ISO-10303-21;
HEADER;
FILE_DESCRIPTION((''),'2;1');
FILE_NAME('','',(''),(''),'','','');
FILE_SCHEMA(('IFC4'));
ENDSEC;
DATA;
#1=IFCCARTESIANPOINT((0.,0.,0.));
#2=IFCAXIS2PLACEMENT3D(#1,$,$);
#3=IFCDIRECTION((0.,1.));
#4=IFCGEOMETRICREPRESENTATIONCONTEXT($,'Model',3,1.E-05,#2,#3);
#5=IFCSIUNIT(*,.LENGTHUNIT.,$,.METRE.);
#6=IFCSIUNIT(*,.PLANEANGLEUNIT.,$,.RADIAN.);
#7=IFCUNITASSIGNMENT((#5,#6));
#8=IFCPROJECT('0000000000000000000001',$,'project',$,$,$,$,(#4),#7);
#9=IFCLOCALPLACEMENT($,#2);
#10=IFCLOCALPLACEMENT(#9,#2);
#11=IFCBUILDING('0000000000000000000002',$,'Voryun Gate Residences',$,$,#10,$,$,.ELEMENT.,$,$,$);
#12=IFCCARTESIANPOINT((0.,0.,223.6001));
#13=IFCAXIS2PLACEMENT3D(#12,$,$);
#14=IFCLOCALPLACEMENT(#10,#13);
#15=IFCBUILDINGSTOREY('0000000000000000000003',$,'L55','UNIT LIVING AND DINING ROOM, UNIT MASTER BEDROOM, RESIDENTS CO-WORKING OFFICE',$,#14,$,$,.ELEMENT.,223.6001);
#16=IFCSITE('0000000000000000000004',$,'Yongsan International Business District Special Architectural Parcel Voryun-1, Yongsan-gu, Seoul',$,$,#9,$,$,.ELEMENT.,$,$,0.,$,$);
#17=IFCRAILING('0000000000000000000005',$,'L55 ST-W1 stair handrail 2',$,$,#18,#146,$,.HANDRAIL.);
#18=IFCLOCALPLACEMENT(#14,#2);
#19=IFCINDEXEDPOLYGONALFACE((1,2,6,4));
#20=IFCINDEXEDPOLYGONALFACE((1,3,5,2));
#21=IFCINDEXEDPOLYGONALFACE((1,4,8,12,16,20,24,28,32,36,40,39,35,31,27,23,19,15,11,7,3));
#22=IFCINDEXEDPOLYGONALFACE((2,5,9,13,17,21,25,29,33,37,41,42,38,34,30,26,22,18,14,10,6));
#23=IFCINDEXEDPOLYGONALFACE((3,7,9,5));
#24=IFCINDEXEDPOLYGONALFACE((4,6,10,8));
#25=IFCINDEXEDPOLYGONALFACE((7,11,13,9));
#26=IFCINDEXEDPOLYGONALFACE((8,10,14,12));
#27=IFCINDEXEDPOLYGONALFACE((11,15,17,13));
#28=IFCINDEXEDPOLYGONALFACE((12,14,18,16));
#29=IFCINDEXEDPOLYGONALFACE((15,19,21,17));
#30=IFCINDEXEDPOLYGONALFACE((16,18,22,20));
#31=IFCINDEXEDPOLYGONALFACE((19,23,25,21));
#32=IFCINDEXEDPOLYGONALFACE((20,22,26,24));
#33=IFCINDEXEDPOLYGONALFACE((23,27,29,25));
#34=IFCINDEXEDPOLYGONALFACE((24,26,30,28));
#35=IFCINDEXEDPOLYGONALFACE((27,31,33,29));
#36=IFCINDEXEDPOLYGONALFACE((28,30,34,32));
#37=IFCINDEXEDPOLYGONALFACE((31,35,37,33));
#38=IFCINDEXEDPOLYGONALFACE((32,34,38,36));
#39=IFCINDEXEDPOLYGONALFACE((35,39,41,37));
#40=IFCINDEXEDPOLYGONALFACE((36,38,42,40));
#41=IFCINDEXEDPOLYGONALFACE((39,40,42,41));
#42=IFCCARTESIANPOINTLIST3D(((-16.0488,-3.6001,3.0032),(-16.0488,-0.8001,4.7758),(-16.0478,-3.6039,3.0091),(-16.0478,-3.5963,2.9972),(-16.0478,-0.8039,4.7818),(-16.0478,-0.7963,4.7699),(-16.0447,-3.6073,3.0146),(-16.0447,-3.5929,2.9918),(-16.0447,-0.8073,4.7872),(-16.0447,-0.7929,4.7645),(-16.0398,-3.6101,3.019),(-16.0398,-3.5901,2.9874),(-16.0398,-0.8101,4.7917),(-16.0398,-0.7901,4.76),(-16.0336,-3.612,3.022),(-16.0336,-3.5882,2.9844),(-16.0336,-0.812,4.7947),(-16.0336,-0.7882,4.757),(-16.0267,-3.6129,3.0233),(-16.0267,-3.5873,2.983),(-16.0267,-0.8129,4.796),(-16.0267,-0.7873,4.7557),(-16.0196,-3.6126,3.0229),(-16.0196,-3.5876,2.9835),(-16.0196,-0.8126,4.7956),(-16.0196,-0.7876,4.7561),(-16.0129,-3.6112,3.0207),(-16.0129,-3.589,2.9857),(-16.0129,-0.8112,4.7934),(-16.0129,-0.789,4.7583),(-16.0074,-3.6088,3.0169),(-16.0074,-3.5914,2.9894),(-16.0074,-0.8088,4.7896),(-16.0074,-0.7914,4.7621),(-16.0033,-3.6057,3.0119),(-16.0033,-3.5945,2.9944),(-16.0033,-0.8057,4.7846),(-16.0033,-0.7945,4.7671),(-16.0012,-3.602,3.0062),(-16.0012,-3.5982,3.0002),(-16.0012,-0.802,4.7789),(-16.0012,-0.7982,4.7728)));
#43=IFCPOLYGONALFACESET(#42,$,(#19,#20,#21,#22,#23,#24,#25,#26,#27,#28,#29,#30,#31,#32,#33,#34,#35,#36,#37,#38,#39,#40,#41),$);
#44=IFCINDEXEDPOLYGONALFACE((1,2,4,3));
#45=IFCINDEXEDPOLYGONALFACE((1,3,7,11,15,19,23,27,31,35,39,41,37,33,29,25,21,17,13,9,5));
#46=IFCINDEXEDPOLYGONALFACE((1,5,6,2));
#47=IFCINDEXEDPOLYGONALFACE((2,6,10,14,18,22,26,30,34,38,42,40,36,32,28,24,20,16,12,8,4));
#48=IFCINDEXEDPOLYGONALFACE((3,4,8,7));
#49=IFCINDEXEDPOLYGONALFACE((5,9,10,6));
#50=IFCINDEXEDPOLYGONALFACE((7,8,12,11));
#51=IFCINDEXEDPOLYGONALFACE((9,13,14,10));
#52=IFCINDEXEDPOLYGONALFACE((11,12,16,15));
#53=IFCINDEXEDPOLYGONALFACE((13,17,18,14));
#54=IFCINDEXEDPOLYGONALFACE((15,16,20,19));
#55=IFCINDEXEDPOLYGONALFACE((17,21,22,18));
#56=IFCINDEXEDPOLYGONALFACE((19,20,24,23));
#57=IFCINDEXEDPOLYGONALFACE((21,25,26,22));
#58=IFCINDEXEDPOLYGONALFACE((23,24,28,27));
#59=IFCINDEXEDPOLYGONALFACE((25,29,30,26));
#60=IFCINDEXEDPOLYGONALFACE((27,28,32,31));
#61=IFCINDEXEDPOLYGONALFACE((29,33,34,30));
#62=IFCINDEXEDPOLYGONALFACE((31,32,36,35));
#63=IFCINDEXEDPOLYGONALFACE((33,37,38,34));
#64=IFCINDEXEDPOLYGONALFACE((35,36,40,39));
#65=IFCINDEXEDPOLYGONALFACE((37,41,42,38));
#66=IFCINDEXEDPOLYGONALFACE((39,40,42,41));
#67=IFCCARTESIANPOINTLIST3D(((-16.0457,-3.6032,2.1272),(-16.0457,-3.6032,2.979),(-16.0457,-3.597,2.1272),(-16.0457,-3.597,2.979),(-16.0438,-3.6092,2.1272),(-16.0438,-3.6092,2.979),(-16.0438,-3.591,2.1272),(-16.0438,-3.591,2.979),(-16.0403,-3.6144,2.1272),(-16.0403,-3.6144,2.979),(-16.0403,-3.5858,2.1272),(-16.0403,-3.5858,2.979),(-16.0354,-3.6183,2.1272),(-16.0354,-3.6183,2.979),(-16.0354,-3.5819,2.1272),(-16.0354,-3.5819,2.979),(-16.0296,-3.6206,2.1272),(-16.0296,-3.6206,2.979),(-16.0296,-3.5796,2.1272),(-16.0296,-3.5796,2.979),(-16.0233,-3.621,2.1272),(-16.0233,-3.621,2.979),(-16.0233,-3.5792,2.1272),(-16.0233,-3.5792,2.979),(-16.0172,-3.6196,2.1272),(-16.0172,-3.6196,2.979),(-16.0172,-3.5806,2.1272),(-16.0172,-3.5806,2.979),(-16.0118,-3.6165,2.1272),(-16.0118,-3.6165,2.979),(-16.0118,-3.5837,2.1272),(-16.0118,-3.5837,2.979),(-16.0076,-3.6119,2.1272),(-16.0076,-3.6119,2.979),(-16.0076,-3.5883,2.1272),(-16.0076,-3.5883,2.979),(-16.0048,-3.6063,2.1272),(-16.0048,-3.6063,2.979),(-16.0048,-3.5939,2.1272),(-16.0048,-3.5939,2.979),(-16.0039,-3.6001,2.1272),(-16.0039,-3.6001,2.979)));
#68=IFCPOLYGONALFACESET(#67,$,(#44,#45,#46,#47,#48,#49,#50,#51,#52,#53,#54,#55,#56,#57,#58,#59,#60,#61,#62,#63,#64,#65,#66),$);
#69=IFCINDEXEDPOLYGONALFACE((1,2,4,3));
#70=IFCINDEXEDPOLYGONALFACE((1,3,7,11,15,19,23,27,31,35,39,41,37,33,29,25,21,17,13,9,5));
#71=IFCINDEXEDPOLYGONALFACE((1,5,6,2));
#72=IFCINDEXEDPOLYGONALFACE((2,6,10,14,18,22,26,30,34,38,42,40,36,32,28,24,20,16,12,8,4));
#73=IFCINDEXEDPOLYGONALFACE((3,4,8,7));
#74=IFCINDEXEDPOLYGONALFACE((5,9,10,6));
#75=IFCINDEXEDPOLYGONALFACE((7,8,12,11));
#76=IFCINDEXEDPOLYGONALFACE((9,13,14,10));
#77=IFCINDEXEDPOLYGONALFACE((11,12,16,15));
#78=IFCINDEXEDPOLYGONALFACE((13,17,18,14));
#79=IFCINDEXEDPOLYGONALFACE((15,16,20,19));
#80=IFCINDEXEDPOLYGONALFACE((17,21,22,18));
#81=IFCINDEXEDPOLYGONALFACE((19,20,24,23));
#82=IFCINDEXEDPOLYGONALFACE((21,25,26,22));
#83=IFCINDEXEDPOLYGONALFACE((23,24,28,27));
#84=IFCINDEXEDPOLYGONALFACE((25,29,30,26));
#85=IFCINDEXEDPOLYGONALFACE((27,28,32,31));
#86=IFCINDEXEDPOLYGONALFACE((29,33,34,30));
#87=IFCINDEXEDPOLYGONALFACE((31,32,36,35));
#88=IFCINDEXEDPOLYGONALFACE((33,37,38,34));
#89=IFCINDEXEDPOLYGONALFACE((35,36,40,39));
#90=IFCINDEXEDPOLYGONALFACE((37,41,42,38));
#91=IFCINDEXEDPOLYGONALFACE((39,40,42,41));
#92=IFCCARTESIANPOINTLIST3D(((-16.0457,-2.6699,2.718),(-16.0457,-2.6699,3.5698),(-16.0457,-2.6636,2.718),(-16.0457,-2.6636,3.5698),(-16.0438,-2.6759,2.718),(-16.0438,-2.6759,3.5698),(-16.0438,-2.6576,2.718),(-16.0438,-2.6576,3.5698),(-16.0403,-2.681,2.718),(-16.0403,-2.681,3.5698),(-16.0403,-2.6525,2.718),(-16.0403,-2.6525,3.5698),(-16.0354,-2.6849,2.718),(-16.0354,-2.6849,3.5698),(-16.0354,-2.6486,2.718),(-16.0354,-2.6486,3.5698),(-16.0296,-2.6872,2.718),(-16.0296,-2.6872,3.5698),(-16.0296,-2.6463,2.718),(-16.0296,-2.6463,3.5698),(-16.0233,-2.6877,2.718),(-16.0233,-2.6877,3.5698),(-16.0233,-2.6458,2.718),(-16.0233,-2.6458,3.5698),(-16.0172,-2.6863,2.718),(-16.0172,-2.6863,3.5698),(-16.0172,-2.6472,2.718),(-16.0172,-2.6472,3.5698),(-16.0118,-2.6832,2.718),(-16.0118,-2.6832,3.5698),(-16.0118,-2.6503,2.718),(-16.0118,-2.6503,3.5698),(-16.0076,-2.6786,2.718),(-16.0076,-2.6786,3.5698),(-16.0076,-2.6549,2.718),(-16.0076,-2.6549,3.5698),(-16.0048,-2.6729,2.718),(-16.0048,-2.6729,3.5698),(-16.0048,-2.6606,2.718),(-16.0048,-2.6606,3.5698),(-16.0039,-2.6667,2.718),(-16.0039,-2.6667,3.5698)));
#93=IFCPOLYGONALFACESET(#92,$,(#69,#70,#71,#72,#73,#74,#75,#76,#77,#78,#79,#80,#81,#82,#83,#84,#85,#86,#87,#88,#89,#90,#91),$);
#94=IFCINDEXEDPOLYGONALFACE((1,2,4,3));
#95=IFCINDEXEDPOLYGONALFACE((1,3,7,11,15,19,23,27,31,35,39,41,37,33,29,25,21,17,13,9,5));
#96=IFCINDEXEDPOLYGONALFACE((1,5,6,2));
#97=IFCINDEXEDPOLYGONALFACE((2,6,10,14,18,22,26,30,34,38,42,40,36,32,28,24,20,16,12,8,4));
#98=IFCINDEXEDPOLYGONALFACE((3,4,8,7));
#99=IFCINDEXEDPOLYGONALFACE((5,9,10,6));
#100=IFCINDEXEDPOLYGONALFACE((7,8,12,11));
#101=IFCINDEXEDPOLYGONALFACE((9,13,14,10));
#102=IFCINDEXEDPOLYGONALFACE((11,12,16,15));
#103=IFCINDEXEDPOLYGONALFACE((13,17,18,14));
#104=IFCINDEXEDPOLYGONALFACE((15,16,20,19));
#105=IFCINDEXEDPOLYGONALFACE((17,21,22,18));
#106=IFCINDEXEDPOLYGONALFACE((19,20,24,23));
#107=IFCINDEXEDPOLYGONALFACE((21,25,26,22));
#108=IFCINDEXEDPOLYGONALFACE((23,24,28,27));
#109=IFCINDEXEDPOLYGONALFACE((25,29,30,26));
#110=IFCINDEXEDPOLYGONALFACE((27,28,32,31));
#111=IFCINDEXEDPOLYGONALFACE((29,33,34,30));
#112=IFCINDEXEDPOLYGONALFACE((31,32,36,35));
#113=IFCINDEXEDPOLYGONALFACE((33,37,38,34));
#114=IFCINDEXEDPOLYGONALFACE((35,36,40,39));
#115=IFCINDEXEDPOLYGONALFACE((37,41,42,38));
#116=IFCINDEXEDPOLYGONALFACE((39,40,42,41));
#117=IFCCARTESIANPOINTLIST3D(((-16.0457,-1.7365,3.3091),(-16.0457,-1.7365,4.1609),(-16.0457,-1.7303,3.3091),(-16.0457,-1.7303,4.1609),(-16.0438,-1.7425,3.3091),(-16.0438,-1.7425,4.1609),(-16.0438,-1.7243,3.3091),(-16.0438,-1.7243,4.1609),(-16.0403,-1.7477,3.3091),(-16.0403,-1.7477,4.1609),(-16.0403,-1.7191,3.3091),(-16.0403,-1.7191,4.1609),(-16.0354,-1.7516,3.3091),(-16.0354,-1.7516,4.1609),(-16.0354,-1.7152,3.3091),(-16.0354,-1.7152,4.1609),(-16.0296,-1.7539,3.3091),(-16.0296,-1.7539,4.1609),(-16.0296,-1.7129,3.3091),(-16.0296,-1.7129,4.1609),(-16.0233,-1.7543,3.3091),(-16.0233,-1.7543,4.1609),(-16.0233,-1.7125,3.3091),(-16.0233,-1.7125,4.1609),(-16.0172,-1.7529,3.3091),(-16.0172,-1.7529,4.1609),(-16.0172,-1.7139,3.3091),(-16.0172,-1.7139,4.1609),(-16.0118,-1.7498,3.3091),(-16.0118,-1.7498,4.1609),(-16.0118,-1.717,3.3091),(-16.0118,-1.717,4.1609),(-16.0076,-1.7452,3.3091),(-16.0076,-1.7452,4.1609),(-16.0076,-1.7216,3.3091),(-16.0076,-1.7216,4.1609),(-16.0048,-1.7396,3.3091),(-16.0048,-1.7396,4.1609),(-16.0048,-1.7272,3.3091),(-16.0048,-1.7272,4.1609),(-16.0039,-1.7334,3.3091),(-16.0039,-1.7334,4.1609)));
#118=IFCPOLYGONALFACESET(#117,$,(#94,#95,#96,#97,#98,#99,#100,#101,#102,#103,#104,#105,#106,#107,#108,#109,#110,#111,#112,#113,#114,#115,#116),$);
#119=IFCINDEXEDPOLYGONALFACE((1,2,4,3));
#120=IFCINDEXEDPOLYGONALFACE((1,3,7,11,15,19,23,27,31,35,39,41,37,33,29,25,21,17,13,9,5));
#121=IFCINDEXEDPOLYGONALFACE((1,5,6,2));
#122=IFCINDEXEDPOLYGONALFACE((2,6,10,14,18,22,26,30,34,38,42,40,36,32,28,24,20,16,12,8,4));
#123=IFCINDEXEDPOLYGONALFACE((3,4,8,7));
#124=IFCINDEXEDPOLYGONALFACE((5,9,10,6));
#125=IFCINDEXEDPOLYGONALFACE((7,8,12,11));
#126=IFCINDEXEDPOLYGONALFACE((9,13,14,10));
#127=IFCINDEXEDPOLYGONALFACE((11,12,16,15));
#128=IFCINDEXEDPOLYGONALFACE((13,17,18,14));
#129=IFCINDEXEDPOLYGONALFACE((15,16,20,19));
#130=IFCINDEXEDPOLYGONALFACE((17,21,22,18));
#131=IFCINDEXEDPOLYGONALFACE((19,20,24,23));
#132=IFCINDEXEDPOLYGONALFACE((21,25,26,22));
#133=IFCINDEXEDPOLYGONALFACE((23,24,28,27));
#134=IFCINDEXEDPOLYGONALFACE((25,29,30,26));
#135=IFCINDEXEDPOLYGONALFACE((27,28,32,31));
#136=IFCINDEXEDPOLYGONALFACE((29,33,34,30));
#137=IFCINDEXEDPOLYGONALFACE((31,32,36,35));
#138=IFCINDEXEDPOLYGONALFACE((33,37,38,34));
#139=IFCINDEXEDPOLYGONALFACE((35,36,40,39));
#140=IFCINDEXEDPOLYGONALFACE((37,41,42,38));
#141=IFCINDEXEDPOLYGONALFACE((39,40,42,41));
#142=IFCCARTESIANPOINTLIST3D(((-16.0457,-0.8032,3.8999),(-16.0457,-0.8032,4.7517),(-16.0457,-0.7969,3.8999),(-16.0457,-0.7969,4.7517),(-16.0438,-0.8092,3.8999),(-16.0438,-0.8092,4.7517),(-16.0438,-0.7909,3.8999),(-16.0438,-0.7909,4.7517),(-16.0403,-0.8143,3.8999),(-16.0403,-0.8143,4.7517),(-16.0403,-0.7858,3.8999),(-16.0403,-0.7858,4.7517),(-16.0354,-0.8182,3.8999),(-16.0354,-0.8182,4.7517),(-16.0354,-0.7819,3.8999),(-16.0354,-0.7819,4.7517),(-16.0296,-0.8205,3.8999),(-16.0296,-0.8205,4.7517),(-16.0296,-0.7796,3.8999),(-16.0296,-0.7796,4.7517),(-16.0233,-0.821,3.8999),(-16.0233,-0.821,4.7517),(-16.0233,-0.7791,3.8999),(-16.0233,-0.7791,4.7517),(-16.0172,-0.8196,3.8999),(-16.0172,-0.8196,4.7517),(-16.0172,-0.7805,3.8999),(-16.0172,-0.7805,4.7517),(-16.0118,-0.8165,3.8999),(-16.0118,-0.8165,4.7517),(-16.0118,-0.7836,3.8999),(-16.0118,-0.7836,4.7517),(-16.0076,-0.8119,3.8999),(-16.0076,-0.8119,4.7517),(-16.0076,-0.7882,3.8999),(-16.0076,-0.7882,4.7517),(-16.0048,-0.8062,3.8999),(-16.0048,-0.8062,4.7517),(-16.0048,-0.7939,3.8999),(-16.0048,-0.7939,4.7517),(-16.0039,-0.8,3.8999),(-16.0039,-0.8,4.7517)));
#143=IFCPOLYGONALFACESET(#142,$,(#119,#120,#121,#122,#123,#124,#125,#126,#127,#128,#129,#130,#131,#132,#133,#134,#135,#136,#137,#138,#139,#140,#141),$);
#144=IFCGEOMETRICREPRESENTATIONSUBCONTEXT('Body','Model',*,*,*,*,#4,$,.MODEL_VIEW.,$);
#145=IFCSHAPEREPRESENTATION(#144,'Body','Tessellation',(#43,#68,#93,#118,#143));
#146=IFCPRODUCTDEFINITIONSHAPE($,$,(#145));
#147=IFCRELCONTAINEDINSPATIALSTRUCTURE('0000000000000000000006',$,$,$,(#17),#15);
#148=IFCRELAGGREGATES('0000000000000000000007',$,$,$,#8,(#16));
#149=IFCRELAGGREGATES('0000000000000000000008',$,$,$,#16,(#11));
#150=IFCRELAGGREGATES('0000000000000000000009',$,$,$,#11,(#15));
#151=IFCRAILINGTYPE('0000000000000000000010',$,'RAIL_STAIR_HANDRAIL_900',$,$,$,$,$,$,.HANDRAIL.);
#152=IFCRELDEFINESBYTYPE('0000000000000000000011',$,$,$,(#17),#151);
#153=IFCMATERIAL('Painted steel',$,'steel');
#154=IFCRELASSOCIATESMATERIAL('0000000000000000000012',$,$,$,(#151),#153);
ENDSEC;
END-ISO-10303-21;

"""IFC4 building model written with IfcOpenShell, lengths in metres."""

from ifc_helpers import new_model, si_unit, direction, frame, origin, origin_2d, place, context, subcontext, project, spatial, circle, extrude, material, type_object, element, save


model = new_model("IFC4")

# Units and contexts
model_context = context("Model", 3, precision=1e-05, world=origin(), true_north=direction((0.0, 1.0)))
body_context = subcontext(model_context, "Body", "Model", "MODEL_VIEW")
ifc_project = project(units=[si_unit("LENGTHUNIT", "METRE"), si_unit("PLANEANGLEUNIT", "RADIAN")], contexts=[model_context])

# Site, building, storey
site_placement = place(None, origin())
site = spatial("IfcSite", under=ifc_project, at=site_placement, Name="Yongsan International Business District Special Architectural Parcel Voryun-1, Yongsan-gu, Seoul", CompositionType="ELEMENT", RefElevation=0.0)
building_placement = place(site_placement, origin())
building = spatial("IfcBuilding", under=site, at=building_placement, Name="Voryun Gate Residences", CompositionType="ELEMENT")
storey_placement = place(building_placement, frame((0.0, 0.0, 223.6001)))
storey = spatial("IfcBuildingStorey", under=building, at=storey_placement, Name="L55", Description="UNIT LIVING AND DINING ROOM, UNIT MASTER BEDROOM, RESIDENTS CO-WORKING OFFICE", CompositionType="ELEMENT", Elevation=223.6001)

# Railing
ifc_material_1 = material(Name="Painted steel", Category="steel")
railing_type_1 = type_object("IfcRailingType", Name="RAIL_STAIR_HANDRAIL_900", PredefinedType="HANDRAIL", material=ifc_material_1)
railing_1_placement = place(storey_placement, frame((-16.0249, -3.6001, 2.1272)))
element("IfcRailing", 1, at=railing_1_placement, inside=storey, type_object=railing_type_1, Name="L55 ST-W1 stair handrail 2", PredefinedType="HANDRAIL", context=body_context, shape_type="SweptSolid", body=[
    extrude(circle(Radius=0.0239, at=origin_2d()), frame((0.0, 0.0, 0.876), z_axis=(0.0, 0.844909, 0.53491), x_axis=(-1.0, 0.0, 0.0)), (0.0, 0.0, 1.0), 3.314),
    extrude(circle(Radius=0.021, at=origin_2d()), origin(), (0.0, 0.0, 1.0), 0.8518),
    extrude(circle(Radius=0.021, at=origin_2d()), frame((0.0, 0.9333, 0.5908)), (0.0, 0.0, 1.0), 0.8518),
    extrude(circle(Radius=0.021, at=origin_2d()), frame((0.0, 1.8667, 1.1819)), (0.0, 0.0, 1.0), 0.8518),
    extrude(circle(Radius=0.021, at=origin_2d()), frame((0.0, 2.8, 1.7727)), (0.0, 0.0, 1.0), 0.8518),
])

save(model, "model.ifc")
